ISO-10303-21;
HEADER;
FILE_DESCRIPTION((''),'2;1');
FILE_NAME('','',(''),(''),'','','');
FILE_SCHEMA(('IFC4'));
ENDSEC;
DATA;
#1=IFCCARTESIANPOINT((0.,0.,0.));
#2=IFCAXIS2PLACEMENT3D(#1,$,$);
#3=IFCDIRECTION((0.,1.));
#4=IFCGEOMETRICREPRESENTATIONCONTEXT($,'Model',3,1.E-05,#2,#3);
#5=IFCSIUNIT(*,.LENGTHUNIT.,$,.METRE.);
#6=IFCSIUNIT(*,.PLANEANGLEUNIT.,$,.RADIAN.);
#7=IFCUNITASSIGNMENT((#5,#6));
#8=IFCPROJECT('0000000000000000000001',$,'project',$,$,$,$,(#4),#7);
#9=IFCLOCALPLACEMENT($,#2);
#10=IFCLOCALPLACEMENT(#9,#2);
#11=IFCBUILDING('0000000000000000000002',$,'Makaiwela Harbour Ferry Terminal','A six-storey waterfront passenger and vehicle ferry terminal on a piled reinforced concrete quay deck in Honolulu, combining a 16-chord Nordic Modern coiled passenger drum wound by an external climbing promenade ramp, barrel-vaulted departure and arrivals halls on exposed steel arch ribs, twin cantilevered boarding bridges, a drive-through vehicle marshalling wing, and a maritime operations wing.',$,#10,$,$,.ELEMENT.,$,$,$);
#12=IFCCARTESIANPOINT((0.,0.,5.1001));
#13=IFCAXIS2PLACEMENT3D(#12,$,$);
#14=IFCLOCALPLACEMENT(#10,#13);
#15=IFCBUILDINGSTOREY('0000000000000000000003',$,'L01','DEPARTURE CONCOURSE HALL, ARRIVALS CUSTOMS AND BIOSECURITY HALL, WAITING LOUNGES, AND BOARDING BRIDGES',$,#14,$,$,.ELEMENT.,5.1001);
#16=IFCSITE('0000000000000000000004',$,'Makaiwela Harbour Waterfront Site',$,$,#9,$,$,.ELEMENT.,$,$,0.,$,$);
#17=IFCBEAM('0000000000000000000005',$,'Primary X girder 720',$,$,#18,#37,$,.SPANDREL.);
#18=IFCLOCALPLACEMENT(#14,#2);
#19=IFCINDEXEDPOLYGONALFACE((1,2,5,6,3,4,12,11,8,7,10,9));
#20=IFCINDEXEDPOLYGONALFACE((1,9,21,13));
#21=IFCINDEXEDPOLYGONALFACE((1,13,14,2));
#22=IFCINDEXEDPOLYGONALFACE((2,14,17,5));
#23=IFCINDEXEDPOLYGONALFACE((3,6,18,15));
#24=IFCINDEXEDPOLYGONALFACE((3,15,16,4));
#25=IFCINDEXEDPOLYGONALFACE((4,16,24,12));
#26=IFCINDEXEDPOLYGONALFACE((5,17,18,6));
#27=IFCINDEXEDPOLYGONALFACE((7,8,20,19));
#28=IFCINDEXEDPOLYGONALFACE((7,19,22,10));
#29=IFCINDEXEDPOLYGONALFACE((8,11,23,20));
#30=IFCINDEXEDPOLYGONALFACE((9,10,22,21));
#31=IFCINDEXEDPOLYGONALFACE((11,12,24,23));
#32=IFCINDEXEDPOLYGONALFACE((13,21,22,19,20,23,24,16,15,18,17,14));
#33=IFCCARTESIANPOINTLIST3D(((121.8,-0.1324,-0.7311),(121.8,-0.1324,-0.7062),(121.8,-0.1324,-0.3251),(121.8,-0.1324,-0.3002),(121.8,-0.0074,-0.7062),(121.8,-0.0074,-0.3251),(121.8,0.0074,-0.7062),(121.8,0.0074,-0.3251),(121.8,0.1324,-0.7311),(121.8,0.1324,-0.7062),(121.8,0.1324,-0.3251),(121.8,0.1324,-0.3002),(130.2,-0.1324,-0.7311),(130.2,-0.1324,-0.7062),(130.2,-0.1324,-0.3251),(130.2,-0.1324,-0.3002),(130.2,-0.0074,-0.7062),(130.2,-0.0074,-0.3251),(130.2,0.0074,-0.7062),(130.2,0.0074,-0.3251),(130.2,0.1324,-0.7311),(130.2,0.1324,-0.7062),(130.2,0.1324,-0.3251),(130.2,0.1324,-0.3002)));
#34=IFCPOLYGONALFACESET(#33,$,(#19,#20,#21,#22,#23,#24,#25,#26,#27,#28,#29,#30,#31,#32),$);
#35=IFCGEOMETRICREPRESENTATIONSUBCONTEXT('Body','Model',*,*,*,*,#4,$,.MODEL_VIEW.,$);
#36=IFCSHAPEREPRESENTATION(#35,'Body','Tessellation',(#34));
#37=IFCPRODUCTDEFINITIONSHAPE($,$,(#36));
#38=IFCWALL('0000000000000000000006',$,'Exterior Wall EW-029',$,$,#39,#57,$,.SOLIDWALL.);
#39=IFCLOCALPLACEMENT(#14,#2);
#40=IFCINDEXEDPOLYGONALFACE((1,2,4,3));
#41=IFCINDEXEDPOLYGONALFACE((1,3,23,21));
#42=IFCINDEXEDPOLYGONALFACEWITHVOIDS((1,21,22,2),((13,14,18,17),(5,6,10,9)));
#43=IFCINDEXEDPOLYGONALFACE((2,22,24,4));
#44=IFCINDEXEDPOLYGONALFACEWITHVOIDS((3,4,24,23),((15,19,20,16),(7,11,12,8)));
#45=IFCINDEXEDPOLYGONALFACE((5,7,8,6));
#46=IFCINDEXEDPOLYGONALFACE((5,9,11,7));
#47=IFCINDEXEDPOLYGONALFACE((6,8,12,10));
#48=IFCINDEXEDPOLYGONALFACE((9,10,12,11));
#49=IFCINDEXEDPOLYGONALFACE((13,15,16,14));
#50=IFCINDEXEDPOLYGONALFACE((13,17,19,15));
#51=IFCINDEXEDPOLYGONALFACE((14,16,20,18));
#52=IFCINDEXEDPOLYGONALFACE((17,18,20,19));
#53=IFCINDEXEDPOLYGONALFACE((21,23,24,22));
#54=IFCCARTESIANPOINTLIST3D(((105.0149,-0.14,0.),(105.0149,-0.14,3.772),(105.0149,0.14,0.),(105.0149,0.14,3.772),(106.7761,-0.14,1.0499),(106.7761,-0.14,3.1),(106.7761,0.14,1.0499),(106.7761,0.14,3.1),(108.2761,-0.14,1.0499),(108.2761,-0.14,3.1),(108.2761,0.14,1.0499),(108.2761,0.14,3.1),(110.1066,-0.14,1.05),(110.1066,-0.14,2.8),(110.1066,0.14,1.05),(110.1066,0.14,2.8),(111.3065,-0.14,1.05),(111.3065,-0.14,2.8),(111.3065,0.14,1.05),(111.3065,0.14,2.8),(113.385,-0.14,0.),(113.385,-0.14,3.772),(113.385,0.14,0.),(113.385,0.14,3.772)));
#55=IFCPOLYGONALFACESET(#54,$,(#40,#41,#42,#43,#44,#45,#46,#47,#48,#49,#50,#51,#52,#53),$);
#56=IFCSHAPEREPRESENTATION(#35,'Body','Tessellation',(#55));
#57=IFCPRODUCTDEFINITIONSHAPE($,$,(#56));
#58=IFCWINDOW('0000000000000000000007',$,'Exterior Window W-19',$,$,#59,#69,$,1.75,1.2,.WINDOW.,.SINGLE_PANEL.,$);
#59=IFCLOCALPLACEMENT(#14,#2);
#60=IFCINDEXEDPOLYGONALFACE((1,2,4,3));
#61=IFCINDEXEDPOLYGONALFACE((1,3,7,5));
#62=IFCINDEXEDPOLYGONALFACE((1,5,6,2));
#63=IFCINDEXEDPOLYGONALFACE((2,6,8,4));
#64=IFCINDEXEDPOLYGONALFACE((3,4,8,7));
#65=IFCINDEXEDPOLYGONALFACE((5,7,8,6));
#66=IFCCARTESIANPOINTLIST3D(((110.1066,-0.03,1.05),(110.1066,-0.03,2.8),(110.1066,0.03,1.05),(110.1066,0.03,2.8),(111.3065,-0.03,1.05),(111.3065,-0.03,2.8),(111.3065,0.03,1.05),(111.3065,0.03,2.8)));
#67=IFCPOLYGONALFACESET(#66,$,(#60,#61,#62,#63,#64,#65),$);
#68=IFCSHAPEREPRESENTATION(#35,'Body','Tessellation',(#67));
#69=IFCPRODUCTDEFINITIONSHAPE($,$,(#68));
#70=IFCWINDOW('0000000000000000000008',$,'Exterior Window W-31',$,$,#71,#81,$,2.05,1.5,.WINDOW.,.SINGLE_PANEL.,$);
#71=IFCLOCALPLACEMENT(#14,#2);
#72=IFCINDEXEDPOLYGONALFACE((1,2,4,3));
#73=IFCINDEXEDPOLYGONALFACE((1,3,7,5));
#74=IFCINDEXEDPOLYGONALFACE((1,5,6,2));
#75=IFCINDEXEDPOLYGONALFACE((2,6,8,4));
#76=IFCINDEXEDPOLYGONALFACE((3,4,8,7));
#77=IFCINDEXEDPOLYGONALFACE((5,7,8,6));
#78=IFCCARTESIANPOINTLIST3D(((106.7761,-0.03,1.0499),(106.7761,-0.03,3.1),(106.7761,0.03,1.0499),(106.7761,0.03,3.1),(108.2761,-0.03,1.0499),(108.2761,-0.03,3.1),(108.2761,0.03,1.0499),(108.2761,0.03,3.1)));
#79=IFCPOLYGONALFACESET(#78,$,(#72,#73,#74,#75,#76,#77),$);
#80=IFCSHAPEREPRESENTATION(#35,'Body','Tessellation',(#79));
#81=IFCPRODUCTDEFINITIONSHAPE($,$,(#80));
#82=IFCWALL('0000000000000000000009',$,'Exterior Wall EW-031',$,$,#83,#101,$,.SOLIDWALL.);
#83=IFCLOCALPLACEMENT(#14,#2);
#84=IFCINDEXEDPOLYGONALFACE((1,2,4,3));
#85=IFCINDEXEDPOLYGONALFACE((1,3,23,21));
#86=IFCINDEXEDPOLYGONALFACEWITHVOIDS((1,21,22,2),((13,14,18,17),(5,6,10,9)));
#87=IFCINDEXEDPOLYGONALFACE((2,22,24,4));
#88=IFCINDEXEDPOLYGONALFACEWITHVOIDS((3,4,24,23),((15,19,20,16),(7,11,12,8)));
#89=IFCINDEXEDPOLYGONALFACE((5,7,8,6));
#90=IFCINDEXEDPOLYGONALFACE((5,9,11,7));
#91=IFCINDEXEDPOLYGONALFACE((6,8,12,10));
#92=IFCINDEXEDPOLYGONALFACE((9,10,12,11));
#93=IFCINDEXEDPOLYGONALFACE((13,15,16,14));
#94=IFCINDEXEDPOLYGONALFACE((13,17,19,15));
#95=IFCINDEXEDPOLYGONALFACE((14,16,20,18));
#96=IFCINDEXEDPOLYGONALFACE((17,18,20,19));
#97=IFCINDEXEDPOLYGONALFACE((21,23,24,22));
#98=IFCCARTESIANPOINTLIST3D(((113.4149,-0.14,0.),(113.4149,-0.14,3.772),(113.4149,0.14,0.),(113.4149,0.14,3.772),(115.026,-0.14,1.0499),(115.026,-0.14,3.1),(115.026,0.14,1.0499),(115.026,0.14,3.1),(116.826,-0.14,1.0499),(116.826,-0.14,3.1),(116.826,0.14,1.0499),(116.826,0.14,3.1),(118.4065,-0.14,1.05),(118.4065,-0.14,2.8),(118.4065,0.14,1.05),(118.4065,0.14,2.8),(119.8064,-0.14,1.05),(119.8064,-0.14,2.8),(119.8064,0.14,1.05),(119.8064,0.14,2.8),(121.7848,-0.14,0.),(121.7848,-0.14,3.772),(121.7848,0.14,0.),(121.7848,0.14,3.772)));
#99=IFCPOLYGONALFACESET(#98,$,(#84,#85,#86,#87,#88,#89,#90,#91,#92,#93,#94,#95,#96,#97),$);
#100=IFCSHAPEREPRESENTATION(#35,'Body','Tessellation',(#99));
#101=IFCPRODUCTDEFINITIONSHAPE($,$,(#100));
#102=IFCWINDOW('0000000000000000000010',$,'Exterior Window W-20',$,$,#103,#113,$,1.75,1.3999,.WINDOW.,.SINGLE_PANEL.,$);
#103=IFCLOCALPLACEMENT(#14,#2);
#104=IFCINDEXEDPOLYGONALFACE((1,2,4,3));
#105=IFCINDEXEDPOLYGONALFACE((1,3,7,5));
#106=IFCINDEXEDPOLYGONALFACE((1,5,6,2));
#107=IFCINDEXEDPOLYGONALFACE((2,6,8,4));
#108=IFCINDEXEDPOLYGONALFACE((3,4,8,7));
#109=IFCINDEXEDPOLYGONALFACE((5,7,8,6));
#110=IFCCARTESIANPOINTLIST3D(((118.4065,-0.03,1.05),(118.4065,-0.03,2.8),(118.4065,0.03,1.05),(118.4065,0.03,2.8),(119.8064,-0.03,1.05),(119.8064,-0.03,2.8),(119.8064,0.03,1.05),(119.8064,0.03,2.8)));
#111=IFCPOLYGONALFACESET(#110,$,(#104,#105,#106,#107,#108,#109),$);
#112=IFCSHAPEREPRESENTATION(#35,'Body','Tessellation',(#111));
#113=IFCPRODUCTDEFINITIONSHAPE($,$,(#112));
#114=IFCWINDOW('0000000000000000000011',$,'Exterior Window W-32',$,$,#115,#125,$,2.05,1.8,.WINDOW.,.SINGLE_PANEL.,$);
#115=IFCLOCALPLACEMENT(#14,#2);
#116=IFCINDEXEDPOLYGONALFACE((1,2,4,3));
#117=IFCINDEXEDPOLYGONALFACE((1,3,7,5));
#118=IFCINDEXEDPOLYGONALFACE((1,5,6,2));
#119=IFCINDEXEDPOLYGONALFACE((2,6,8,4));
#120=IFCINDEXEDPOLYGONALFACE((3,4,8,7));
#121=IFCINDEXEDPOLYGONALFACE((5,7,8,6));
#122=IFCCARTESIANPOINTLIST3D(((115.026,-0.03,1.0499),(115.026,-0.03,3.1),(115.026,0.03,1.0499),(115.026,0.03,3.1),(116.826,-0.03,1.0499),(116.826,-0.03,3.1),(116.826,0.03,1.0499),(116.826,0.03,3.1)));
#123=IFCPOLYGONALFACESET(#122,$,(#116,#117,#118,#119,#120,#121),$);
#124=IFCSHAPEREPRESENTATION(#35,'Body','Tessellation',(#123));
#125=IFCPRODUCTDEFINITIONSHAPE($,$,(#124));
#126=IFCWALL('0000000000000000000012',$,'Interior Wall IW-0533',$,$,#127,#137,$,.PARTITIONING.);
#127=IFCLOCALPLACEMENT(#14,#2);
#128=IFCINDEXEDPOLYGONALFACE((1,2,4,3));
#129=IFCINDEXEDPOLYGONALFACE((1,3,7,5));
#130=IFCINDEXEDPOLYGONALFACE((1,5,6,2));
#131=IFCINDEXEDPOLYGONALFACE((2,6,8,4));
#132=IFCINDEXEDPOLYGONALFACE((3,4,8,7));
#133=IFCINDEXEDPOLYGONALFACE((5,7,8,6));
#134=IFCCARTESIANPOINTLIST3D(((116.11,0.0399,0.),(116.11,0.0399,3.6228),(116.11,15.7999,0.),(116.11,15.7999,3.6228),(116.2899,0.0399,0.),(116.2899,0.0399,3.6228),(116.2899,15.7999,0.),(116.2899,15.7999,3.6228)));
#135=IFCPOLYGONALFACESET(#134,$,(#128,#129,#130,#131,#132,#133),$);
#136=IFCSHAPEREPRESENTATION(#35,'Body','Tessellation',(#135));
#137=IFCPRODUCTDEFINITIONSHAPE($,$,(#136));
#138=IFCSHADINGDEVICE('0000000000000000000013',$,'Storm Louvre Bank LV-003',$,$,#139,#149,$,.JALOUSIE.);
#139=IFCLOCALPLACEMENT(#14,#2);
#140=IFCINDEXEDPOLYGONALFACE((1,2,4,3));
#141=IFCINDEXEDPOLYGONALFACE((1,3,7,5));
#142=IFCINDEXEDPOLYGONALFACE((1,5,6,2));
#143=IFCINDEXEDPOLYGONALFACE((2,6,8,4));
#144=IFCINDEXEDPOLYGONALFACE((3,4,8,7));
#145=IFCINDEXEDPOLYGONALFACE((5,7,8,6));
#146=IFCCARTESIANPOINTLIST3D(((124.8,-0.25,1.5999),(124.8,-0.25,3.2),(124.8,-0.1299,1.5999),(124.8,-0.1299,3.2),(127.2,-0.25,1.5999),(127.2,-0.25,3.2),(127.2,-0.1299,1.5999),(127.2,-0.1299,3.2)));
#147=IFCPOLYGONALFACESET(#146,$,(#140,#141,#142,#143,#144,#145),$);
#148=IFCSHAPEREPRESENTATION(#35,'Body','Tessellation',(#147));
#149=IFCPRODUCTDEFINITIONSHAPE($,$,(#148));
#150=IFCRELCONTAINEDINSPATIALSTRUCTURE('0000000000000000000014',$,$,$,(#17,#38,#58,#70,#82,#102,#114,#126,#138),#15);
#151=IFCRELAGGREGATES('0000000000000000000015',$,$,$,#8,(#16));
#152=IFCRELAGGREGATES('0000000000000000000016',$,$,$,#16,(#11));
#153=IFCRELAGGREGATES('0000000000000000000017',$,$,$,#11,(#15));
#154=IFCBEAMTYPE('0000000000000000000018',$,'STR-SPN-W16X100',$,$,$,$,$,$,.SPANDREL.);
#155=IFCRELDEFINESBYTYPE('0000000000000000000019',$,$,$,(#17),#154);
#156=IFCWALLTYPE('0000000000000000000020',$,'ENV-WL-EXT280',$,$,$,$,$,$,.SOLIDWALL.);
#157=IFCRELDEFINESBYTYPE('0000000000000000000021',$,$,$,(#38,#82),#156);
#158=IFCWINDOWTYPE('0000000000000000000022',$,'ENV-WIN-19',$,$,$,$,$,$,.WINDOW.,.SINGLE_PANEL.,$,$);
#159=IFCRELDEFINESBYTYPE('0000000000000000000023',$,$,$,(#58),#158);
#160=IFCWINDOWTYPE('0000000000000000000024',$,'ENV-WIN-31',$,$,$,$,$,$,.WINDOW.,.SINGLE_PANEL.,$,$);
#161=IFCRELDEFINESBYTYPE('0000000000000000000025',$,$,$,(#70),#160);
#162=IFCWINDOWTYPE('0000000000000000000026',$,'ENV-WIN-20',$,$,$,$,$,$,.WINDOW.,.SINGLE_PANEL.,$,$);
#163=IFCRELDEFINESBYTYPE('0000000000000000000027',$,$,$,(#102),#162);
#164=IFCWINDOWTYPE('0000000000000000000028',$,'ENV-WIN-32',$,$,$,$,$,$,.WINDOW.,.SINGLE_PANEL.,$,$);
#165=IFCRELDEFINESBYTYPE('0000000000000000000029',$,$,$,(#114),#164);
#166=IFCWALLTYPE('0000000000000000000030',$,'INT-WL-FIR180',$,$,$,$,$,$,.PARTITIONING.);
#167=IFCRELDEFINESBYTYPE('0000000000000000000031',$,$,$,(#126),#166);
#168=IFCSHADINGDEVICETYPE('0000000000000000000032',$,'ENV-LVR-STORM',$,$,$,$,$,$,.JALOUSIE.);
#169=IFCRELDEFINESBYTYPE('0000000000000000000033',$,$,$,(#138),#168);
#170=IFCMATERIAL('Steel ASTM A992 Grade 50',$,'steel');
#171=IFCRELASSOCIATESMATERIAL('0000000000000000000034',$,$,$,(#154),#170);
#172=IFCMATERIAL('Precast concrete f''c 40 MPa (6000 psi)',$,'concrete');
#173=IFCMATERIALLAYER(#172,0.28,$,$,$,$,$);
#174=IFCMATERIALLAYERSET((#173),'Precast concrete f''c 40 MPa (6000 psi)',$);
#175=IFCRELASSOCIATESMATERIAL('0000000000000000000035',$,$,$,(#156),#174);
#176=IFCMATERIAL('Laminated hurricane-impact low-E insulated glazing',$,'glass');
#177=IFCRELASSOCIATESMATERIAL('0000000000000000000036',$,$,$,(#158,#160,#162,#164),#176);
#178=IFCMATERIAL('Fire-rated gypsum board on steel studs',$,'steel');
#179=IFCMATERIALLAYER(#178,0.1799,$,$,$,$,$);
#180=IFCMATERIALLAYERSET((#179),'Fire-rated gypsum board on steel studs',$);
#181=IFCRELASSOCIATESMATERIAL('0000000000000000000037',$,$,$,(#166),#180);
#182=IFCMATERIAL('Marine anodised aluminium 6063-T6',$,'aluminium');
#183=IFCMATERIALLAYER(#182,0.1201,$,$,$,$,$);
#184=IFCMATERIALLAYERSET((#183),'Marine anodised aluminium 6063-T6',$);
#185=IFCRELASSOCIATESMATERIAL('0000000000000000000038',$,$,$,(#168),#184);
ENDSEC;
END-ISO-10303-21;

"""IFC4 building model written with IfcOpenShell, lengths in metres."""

from ifc_helpers import new_model, si_unit, direction, frame, frame_2d, origin, origin_2d, place, context, subcontext, project, spatial, rectangle, i_section, extrude, material, layer, layer_set, material_profile, profile_set, type_object, element, fill, save


model = new_model("IFC4")

# Units and contexts
model_context = context("Model", 3, precision=1e-05, world=origin(), true_north=direction((0.0, 1.0)))
body_context = subcontext(model_context, "Body", "Model", "MODEL_VIEW")
ifc_project = project(units=[si_unit("LENGTHUNIT", "METRE"), si_unit("PLANEANGLEUNIT", "RADIAN")], contexts=[model_context])

# Site, building, storey
site_placement = place(None, origin())
site = spatial("IfcSite", under=ifc_project, at=site_placement, Name="Makaiwela Harbour Waterfront Site", CompositionType="ELEMENT", RefElevation=0.0)
building_placement = place(site_placement, origin())
building = spatial("IfcBuilding", under=site, at=building_placement, Name="Makaiwela Harbour Ferry Terminal", Description="A six-storey waterfront passenger and vehicle ferry terminal on a piled reinforced concrete quay deck in Honolulu, combining a 16-chord Nordic Modern coiled passenger drum wound by an external climbing promenade ramp, barrel-vaulted departure and arrivals halls on exposed steel arch ribs, twin cantilevered boarding bridges, a drive-through vehicle marshalling wing, and a maritime operations wing.", CompositionType="ELEMENT")
storey_placement = place(building_placement, frame((0.0, 0.0, 5.1001)))
storey = spatial("IfcBuildingStorey", under=building, at=storey_placement, Name="L01", Description="DEPARTURE CONCOURSE HALL, ARRIVALS CUSTOMS AND BIOSECURITY HALL, WAITING LOUNGES, AND BOARDING BRIDGES", CompositionType="ELEMENT", Elevation=5.1001)

# Shared definitions
ifc_material_1 = material(Name="Steel ASTM A992 Grade 50", Category="steel")

# Beam
ifc_material_profile_1 = material_profile(ifc_material_1, i_section(OverallWidth=0.2649, OverallDepth=0.4309, WebThickness=0.0149, FlangeThickness=0.0249, at=origin_2d()), Name="W16X100")
ifc_profile_set_1 = profile_set([ifc_material_profile_1], Name="Steel ASTM A992 Grade 50")
beam_type_1 = type_object("IfcBeamType", Name="STR-SPN-W16X100", PredefinedType="SPANDREL", material=ifc_profile_set_1)
beam_1_placement = place(storey_placement, frame((121.8, 0.0, -0.5156), z_axis=(1.0, 0.0, 0.0), x_axis=(0.0, 1.0, 0.0)))
element("IfcBeam", 1, at=beam_1_placement, inside=storey, type_object=beam_type_1, Name="Primary X girder 720", PredefinedType="SPANDREL", context=body_context, shape_type="SweptSolid", body=[
    extrude(i_section(OverallWidth=0.2649, OverallDepth=0.4309, WebThickness=0.0149, FlangeThickness=0.0249, at=origin_2d()), origin(), (0.0, 0.0, 1.0), 8.3999),
])

# Walls, openings, windows
ifc_material_2 = material(Name="Precast concrete f'c 40 MPa (6000 psi)", Category="concrete")
ifc_layer_1 = layer(ifc_material_2, 0.28)
ifc_layer_set_1 = layer_set([ifc_layer_1], Name="Precast concrete f'c 40 MPa (6000 psi)")
wall_type_1 = type_object("IfcWallType", Name="ENV-WL-EXT280", PredefinedType="SOLIDWALL", material=ifc_layer_set_1)
wall_1_placement = place(storey_placement, frame((113.385, 0.0, 0.0), z_axis=(0.0, 0.0, 1.0), x_axis=(-1.0, 0.0, 0.0)))
wall_1 = element("IfcWall", 2, at=wall_1_placement, inside=storey, type_object=wall_type_1, Name="Exterior Wall EW-029", PredefinedType="SOLIDWALL", context=body_context, shape_type="SweptSolid", body=[
    extrude(rectangle(XDim=8.3701, YDim=0.28, at=frame_2d((4.1851, 0.0))), origin(), (0.0, 0.0, 1.0), 3.772),
])
opening_1_placement = place(wall_1_placement, frame((2.0784, 0.0, 1.05)))
opening_1 = element("IfcOpeningElement", 3, at=opening_1_placement, cuts=wall_1, PredefinedType="OPENING", context=body_context, shape_type="SweptSolid", body=[
    extrude(rectangle(XDim=1.2, YDim=1.75, at=frame_2d((0.6001, 0.875))), frame((0.0, 0.1499, 0.0), z_axis=(0.0, -1.0, 0.0), x_axis=(1.0, 0.0, 0.0)), (0.0, 0.0, 1.0), 0.3),
])
opening_2_placement = place(wall_1_placement, frame((5.1089, 0.0, 1.05)))
opening_2 = element("IfcOpeningElement", 4, at=opening_2_placement, cuts=wall_1, PredefinedType="OPENING", context=body_context, shape_type="SweptSolid", body=[
    extrude(rectangle(XDim=1.5, YDim=2.05, at=frame_2d((0.75, 1.0249))), frame((0.0, 0.1499, 0.0), z_axis=(0.0, -1.0, 0.0), x_axis=(1.0, 0.0, 0.0)), (0.0, 0.0, 1.0), 0.3),
])
ifc_material_3 = material(Name="Laminated hurricane-impact low-E insulated glazing", Category="glass")
window_type_1 = type_object("IfcWindowType", Name="ENV-WIN-19", PartitioningType="SINGLE_PANEL", PredefinedType="WINDOW", material=ifc_material_3)
window_1_placement = place(opening_1_placement, origin())
window_1 = element("IfcWindow", 5, at=window_1_placement, inside=storey, type_object=window_type_1, Name="Exterior Window W-19", OverallHeight=1.75, OverallWidth=1.2, PartitioningType="SINGLE_PANEL", PredefinedType="WINDOW", context=body_context, shape_type="SweptSolid", body=[
    extrude(rectangle(XDim=1.2, YDim=1.75, at=frame_2d((0.6001, 0.875))), frame((0.0, 0.03, 0.0), z_axis=(0.0, -1.0, 0.0), x_axis=(1.0, 0.0, 0.0)), (0.0, 0.0, 1.0), 0.0601),
])
fill(opening_1, window_1)
window_type_2 = type_object("IfcWindowType", Name="ENV-WIN-31", PartitioningType="SINGLE_PANEL", PredefinedType="WINDOW", material=ifc_material_3)
window_2_placement = place(opening_2_placement, origin())
window_2 = element("IfcWindow", 6, at=window_2_placement, inside=storey, type_object=window_type_2, Name="Exterior Window W-31", OverallHeight=2.05, OverallWidth=1.5, PartitioningType="SINGLE_PANEL", PredefinedType="WINDOW", context=body_context, shape_type="SweptSolid", body=[
    extrude(rectangle(XDim=1.5, YDim=2.05, at=frame_2d((0.75, 1.0249))), frame((0.0, 0.03, 0.0), z_axis=(0.0, -1.0, 0.0), x_axis=(1.0, 0.0, 0.0)), (0.0, 0.0, 1.0), 0.0601),
])
fill(opening_2, window_2)
wall_2_placement = place(storey_placement, frame((121.7849, 0.0, 0.0), z_axis=(0.0, 0.0, 1.0), x_axis=(-1.0, 0.0, 0.0)))
wall_2 = element("IfcWall", 7, at=wall_2_placement, inside=storey, type_object=wall_type_1, Name="Exterior Wall EW-031", PredefinedType="SOLIDWALL", context=body_context, shape_type="SweptSolid", body=[
    extrude(rectangle(XDim=8.3699, YDim=0.28, at=frame_2d((4.1851, 0.0))), origin(), (0.0, 0.0, 1.0), 3.772),
])
opening_3_placement = place(wall_2_placement, frame((1.9785, 0.0, 1.05)))
opening_3 = element("IfcOpeningElement", 8, at=opening_3_placement, cuts=wall_2, PredefinedType="OPENING", context=body_context, shape_type="SweptSolid", body=[
    extrude(rectangle(XDim=1.3999, YDim=1.75, at=frame_2d((0.7, 0.875))), frame((0.0, 0.1499, 0.0), z_axis=(0.0, -1.0, 0.0), x_axis=(1.0, 0.0, 0.0)), (0.0, 0.0, 1.0), 0.3),
])
opening_4_placement = place(wall_2_placement, frame((4.959, 0.0, 1.05)))
opening_4 = element("IfcOpeningElement", 9, at=opening_4_placement, cuts=wall_2, PredefinedType="OPENING", context=body_context, shape_type="SweptSolid", body=[
    extrude(rectangle(XDim=1.8, YDim=2.05, at=frame_2d((0.8999, 1.0249))), frame((0.0, 0.1499, 0.0), z_axis=(0.0, -1.0, 0.0), x_axis=(1.0, 0.0, 0.0)), (0.0, 0.0, 1.0), 0.3),
])
window_type_3 = type_object("IfcWindowType", Name="ENV-WIN-20", PartitioningType="SINGLE_PANEL", PredefinedType="WINDOW", material=ifc_material_3)
window_3_placement = place(opening_3_placement, origin())
window_3 = element("IfcWindow", 10, at=window_3_placement, inside=storey, type_object=window_type_3, Name="Exterior Window W-20", OverallHeight=1.75, OverallWidth=1.3999, PartitioningType="SINGLE_PANEL", PredefinedType="WINDOW", context=body_context, shape_type="SweptSolid", body=[
    extrude(rectangle(XDim=1.3999, YDim=1.75, at=frame_2d((0.7, 0.875))), frame((0.0, 0.03, 0.0), z_axis=(0.0, -1.0, 0.0), x_axis=(1.0, 0.0, 0.0)), (0.0, 0.0, 1.0), 0.0601),
])
fill(opening_3, window_3)
window_type_4 = type_object("IfcWindowType", Name="ENV-WIN-32", PartitioningType="SINGLE_PANEL", PredefinedType="WINDOW", material=ifc_material_3)
window_4_placement = place(opening_4_placement, origin())
window_4 = element("IfcWindow", 11, at=window_4_placement, inside=storey, type_object=window_type_4, Name="Exterior Window W-32", OverallHeight=2.05, OverallWidth=1.8, PartitioningType="SINGLE_PANEL", PredefinedType="WINDOW", context=body_context, shape_type="SweptSolid", body=[
    extrude(rectangle(XDim=1.8, YDim=2.05, at=frame_2d((0.8999, 1.0249))), frame((0.0, 0.03, 0.0), z_axis=(0.0, -1.0, 0.0), x_axis=(1.0, 0.0, 0.0)), (0.0, 0.0, 1.0), 0.0601),
])
fill(opening_4, window_4)

# Wall
ifc_material_4 = material(Name="Fire-rated gypsum board on steel studs", Category="steel")
ifc_layer_2 = layer(ifc_material_4, 0.1799)
ifc_layer_set_2 = layer_set([ifc_layer_2], Name="Fire-rated gypsum board on steel studs")
wall_type_2 = type_object("IfcWallType", Name="INT-WL-FIR180", PredefinedType="PARTITIONING", material=ifc_layer_set_2)
wall_3_placement = place(storey_placement, frame((116.2, 0.04, 0.0), z_axis=(0.0, 0.0, 1.0), x_axis=(0.0, 1.0, 0.0)))
element("IfcWall", 12, at=wall_3_placement, inside=storey, type_object=wall_type_2, Name="Interior Wall IW-0533", PredefinedType="PARTITIONING", context=body_context, shape_type="SweptSolid", body=[
    extrude(rectangle(XDim=15.76, YDim=0.1799, at=frame_2d((7.8799, 0.0))), origin(), (0.0, 0.0, 1.0), 3.6228),
])

# Shading device
ifc_material_5 = material(Name="Marine anodised aluminium 6063-T6", Category="aluminium")
ifc_layer_3 = layer(ifc_material_5, 0.1201)
ifc_layer_set_3 = layer_set([ifc_layer_3], Name="Marine anodised aluminium 6063-T6")
shading_device_type = type_object("IfcShadingDeviceType", Name="ENV-LVR-STORM", PredefinedType="JALOUSIE", material=ifc_layer_set_3)
shading_device_placement = place(storey_placement, frame((126.0, -0.1899, 1.5999), z_axis=(0.0, 0.0, 1.0), x_axis=(-1.0, 0.0, 0.0)))
element("IfcShadingDevice", 13, at=shading_device_placement, inside=storey, type_object=shading_device_type, Name="Storm Louvre Bank LV-003", PredefinedType="JALOUSIE", context=body_context, shape_type="SweptSolid", body=[
    extrude(rectangle(XDim=2.3999, YDim=0.1201, at=origin_2d()), origin(), (0.0, 0.0, 1.0), 1.6001),
])

save(model, "model.ifc")
